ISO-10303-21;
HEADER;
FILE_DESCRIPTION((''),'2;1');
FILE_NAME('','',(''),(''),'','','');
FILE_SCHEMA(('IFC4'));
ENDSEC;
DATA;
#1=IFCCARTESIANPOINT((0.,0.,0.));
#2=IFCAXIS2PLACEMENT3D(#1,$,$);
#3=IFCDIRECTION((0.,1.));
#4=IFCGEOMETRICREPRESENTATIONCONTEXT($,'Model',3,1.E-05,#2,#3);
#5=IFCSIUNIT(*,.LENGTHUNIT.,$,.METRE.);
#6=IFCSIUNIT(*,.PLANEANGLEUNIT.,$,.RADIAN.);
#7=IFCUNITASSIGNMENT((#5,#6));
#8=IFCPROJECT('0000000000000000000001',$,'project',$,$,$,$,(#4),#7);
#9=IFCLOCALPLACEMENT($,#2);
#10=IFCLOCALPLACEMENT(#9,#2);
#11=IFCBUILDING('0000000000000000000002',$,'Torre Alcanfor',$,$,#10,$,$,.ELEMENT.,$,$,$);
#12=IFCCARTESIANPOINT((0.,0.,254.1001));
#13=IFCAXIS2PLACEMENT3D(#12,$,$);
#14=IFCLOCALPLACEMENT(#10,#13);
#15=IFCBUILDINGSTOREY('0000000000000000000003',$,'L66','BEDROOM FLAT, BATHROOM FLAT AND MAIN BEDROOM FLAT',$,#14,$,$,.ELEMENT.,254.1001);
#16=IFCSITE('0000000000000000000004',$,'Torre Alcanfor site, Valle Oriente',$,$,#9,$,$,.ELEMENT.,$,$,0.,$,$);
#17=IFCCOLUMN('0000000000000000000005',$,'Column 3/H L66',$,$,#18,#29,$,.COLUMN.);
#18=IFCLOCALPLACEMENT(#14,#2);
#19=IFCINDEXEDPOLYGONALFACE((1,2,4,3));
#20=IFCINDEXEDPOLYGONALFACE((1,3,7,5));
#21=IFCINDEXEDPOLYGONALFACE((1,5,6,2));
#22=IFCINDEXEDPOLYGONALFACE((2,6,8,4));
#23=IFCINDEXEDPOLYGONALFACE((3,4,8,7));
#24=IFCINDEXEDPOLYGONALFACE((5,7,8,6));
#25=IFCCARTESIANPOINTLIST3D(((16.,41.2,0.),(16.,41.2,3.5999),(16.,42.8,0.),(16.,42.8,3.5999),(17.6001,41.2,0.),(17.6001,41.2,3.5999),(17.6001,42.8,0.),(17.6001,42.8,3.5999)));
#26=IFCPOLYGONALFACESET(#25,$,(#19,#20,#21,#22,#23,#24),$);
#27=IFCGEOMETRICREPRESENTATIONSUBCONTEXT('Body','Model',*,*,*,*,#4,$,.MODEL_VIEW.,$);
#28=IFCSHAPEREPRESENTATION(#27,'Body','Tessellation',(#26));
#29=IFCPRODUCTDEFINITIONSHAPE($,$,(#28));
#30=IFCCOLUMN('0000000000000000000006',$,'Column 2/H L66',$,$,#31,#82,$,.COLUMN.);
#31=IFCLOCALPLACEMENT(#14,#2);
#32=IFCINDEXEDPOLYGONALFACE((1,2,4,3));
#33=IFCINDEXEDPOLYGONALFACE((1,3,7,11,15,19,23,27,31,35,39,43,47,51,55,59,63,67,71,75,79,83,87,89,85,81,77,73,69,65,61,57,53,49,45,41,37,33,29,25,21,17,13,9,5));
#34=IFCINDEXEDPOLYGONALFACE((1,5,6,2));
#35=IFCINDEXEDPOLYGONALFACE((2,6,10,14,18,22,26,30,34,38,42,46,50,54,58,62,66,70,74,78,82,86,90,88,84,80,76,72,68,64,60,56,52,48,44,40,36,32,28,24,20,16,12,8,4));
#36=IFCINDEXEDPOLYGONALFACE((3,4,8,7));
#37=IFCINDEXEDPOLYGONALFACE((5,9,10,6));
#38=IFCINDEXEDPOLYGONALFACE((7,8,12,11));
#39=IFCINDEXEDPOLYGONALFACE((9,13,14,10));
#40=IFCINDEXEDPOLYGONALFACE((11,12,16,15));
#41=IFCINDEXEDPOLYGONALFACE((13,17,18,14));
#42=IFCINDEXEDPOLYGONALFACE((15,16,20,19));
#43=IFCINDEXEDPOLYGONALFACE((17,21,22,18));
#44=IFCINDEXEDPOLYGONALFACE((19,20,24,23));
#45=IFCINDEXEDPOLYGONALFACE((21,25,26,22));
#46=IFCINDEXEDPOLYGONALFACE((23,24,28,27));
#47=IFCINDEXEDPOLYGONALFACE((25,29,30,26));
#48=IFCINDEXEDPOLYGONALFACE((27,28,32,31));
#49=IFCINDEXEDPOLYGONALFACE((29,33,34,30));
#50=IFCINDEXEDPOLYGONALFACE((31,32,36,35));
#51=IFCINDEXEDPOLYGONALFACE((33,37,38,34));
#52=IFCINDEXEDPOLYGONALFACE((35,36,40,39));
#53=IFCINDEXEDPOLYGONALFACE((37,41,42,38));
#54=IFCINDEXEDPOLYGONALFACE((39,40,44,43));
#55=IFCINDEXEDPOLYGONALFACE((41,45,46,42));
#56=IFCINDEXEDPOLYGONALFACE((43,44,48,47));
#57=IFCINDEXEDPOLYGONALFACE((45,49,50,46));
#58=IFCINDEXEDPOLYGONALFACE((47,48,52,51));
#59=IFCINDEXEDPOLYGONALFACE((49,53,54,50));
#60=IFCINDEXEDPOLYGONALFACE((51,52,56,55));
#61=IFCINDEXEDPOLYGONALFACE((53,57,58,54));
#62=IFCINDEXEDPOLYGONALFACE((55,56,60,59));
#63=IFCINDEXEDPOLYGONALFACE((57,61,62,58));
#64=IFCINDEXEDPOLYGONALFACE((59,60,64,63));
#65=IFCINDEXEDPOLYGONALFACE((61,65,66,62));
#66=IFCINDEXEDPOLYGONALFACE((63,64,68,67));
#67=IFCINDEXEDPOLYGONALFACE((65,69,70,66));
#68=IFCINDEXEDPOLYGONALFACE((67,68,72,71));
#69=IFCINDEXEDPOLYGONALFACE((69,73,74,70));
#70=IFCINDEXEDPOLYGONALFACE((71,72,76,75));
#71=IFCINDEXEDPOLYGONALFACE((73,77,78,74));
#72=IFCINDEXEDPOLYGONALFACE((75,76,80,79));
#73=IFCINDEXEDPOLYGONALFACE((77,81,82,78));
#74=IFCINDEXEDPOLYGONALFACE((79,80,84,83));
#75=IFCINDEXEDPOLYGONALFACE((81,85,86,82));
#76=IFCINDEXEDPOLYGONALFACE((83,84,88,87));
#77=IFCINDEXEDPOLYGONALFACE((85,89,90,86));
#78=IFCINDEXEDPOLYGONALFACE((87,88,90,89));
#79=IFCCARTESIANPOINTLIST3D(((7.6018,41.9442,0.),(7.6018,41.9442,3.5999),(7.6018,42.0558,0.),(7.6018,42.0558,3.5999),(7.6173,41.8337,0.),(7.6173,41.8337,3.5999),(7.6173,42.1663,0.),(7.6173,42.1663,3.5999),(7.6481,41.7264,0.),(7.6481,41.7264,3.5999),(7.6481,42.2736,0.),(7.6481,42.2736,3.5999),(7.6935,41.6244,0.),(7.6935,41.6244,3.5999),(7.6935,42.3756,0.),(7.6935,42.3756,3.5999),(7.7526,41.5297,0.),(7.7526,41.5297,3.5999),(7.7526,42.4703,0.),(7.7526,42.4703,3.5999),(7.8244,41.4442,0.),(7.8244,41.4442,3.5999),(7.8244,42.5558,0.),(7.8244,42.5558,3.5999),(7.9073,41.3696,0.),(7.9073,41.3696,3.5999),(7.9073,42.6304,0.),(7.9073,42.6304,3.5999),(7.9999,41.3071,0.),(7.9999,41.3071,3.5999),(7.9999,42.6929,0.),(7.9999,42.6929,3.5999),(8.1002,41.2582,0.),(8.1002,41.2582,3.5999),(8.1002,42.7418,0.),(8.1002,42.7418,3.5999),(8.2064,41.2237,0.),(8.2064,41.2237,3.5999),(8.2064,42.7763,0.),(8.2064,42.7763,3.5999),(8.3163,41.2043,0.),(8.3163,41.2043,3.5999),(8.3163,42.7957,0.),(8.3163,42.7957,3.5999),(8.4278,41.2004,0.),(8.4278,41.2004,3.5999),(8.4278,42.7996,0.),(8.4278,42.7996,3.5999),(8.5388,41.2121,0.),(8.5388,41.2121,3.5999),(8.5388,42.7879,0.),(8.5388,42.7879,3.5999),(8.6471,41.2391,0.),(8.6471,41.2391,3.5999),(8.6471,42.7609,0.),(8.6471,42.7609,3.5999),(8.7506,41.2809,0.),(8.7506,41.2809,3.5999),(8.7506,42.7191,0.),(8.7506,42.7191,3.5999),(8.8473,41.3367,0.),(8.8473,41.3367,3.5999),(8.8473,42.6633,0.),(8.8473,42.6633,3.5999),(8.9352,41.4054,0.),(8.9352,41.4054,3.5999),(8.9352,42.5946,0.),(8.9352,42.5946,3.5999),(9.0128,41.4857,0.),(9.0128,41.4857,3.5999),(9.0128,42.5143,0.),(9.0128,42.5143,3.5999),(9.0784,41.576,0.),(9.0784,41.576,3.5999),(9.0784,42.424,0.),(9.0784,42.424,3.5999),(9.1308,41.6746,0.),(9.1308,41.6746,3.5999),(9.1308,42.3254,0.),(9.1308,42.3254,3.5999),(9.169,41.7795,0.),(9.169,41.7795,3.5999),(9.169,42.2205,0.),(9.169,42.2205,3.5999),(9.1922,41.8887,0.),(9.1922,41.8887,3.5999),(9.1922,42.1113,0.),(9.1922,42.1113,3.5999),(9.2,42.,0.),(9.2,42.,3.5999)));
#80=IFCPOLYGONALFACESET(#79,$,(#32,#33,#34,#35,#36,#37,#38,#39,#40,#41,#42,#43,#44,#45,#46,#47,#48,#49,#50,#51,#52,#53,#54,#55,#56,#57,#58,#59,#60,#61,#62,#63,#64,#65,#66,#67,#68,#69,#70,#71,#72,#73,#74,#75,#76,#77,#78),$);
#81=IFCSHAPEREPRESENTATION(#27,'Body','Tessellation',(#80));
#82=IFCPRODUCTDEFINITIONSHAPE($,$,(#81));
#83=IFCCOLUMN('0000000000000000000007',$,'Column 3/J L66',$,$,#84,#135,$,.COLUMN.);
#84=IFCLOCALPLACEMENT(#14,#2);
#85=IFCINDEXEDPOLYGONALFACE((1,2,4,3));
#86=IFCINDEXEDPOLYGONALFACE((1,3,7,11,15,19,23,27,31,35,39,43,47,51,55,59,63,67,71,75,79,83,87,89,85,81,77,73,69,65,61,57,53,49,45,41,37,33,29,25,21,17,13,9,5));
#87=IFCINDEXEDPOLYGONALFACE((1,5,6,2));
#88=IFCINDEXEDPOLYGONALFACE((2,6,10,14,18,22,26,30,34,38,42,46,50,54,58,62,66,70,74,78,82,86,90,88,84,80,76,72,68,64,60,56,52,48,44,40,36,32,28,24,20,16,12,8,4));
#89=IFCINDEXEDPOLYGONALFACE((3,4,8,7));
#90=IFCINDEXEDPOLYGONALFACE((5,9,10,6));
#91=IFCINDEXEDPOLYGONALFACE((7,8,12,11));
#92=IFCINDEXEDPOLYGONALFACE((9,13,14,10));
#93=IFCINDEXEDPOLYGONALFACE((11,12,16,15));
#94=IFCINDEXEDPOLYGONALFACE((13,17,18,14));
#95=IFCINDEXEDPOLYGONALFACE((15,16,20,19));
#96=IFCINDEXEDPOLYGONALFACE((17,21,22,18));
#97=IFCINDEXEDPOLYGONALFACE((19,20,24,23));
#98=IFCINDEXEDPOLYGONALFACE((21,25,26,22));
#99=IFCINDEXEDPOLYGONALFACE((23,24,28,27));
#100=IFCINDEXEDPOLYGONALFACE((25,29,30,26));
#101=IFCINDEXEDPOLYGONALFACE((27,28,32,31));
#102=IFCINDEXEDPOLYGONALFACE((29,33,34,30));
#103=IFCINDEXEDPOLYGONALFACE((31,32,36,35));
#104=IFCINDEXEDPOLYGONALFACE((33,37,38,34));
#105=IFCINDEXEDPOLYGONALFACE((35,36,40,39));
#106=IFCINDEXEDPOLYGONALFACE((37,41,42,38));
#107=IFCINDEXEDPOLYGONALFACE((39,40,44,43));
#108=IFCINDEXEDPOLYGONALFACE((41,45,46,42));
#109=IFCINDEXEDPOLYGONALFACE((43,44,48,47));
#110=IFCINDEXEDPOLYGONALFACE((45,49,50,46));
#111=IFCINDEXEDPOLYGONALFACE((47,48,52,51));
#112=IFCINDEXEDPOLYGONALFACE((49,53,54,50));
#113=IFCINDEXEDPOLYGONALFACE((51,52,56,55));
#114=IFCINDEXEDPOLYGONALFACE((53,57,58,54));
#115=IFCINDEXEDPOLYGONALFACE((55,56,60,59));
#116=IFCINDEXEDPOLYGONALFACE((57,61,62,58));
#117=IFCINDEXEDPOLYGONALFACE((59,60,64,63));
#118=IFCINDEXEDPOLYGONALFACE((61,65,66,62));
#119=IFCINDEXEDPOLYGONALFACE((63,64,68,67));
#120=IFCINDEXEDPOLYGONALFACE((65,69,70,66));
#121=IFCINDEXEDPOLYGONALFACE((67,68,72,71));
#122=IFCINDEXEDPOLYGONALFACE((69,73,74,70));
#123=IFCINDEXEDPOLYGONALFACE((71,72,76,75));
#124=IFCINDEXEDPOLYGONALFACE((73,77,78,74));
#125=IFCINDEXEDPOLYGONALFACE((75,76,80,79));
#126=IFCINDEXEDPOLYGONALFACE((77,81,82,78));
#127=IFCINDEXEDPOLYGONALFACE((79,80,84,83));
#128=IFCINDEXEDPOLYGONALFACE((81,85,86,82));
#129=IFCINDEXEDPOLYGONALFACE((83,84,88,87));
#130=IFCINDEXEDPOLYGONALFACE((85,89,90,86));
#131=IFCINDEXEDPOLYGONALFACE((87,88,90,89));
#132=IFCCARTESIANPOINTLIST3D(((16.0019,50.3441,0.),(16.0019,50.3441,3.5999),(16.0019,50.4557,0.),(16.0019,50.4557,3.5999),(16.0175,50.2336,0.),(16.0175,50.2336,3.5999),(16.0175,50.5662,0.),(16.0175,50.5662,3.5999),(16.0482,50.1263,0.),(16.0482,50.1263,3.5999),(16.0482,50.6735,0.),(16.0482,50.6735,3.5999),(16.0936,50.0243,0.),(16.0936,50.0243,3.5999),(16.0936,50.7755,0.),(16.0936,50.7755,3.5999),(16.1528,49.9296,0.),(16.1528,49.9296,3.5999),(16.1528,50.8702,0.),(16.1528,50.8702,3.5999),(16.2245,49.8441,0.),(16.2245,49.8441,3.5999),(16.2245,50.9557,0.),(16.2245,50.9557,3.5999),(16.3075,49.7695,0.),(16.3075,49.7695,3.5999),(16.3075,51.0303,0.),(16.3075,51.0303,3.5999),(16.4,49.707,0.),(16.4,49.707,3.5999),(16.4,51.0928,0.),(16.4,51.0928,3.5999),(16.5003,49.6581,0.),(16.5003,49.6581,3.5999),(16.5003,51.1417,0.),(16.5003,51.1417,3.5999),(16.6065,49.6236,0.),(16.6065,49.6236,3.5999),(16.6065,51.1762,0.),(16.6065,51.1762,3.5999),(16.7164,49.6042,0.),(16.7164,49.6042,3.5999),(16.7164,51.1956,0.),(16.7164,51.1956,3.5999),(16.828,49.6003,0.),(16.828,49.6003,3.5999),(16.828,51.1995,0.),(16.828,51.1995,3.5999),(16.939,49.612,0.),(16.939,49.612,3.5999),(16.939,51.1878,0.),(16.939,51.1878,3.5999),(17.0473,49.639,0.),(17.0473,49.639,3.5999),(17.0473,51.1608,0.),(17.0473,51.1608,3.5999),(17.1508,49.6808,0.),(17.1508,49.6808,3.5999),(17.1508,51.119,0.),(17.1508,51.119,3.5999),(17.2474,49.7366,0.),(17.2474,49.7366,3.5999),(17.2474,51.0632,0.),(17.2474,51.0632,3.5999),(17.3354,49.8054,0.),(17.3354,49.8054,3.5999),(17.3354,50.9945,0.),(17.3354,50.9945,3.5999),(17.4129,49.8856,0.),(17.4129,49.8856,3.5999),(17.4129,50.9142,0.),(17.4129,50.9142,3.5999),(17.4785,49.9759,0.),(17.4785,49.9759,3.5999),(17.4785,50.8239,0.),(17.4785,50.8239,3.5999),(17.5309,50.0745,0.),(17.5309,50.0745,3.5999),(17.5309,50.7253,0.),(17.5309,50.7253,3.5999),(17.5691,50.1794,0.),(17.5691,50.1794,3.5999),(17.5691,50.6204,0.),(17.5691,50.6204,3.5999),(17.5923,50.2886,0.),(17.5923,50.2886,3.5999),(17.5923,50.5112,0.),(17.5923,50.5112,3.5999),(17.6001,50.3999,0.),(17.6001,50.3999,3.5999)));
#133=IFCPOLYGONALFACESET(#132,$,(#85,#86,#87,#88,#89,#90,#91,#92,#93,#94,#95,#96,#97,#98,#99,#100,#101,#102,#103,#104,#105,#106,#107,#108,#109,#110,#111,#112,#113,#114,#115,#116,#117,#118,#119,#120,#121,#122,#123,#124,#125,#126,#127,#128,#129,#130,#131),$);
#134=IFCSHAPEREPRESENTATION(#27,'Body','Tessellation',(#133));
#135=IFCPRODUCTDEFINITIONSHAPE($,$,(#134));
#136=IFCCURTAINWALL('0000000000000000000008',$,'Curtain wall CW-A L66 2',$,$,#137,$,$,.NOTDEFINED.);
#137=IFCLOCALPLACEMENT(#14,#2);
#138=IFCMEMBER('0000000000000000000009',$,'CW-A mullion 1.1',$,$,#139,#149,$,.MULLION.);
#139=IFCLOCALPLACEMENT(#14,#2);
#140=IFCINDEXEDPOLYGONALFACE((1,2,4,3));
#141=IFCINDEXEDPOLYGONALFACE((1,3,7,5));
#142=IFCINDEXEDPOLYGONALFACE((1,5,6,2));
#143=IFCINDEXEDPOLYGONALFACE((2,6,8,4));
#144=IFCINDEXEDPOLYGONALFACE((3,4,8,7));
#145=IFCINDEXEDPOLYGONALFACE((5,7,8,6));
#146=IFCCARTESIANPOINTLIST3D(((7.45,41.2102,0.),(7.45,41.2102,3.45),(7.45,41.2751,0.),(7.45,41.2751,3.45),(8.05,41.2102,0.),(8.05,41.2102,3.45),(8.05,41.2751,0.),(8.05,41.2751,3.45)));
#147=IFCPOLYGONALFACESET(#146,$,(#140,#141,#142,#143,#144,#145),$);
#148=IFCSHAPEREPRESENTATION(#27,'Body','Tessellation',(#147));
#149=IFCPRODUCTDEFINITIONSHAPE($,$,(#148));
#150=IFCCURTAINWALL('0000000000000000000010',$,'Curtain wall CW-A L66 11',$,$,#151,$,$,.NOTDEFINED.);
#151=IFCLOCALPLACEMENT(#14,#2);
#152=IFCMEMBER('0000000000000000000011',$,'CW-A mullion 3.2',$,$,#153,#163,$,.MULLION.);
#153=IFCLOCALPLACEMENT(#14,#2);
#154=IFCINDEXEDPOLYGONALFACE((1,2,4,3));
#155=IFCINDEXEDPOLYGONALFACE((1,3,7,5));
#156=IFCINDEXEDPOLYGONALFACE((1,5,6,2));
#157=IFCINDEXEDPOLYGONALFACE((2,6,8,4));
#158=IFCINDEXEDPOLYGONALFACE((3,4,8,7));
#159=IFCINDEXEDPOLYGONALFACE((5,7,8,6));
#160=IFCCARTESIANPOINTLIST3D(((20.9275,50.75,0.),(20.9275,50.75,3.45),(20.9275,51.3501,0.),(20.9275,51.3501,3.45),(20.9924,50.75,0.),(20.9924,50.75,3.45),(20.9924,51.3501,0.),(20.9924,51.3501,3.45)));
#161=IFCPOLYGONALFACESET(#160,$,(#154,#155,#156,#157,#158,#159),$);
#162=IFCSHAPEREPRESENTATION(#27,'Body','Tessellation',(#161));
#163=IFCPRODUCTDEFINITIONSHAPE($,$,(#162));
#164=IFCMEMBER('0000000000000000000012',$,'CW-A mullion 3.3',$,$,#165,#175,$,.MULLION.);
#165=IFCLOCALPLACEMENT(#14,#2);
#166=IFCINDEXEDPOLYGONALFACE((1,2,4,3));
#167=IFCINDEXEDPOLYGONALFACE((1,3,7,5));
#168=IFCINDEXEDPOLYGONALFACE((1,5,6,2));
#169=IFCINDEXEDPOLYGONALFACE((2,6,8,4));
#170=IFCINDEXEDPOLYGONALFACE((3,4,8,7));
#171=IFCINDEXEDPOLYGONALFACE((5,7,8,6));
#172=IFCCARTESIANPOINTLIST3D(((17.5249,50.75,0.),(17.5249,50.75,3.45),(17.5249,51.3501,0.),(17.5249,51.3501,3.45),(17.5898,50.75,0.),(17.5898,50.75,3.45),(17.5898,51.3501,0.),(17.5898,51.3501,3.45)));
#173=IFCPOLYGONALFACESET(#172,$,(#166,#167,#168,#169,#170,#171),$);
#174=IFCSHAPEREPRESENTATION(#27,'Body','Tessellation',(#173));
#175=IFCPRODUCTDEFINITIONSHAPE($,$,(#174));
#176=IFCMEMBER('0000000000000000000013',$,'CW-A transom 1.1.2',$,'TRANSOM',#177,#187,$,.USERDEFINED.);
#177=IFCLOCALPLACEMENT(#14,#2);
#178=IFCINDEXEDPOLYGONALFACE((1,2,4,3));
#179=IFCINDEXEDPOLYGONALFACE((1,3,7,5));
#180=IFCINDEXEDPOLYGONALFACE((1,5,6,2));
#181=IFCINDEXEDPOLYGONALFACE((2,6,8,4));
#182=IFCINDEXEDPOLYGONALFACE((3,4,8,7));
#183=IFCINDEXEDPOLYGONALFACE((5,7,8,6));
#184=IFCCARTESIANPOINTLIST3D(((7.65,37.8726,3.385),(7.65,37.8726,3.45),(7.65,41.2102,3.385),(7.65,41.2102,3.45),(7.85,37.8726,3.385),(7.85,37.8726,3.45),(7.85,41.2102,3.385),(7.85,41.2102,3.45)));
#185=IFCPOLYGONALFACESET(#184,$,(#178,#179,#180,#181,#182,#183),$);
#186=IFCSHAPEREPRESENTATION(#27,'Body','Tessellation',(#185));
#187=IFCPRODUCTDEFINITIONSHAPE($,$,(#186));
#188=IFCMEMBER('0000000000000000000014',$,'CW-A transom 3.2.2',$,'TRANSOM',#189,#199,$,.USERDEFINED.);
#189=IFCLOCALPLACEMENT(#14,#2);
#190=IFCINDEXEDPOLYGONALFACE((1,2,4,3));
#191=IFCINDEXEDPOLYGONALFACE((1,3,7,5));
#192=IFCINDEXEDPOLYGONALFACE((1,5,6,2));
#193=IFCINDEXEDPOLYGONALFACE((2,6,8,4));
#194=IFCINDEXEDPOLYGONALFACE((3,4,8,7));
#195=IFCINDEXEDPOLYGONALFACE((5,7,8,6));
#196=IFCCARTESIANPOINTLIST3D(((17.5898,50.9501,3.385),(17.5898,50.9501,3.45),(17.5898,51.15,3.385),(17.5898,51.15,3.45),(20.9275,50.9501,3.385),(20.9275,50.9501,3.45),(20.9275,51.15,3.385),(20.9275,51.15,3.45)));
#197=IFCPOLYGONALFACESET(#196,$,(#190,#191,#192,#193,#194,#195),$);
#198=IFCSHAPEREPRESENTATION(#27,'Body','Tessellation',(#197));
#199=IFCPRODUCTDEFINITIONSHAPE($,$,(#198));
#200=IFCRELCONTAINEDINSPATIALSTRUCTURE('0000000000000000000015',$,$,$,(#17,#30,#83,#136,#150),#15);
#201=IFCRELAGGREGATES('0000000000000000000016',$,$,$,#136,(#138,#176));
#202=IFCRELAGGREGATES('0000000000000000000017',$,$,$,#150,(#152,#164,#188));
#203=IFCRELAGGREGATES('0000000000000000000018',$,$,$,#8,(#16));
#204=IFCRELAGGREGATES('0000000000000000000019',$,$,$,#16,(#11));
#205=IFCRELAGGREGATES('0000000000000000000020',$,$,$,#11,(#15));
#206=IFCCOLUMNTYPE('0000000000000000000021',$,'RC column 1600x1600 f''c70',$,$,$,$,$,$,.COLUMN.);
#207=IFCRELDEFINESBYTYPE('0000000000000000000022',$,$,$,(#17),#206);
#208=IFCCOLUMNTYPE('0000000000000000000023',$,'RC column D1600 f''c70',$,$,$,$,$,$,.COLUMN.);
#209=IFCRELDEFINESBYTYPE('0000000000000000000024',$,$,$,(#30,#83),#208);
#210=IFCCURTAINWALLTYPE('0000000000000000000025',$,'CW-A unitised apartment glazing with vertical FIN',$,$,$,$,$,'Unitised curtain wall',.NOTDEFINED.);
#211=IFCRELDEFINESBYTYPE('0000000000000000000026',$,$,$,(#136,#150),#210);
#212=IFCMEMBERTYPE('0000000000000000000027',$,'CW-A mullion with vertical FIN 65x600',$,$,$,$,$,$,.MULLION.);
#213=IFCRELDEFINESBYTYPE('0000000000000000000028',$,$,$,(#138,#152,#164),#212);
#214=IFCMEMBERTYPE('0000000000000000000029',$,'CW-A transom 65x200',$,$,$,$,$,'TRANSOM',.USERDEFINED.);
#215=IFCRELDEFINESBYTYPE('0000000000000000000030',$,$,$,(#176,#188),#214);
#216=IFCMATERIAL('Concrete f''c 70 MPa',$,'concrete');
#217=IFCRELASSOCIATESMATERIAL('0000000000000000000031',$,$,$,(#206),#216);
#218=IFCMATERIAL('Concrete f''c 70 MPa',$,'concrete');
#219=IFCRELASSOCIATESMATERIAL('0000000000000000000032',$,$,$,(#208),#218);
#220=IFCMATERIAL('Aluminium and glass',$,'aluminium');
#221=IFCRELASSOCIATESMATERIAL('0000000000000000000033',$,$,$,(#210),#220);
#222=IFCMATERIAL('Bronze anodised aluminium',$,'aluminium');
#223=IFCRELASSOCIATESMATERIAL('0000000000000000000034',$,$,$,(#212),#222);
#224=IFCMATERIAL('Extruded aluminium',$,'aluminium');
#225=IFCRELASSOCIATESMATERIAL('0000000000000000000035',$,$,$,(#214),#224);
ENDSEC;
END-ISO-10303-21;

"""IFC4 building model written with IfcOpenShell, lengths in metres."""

from ifc_helpers import new_model, si_unit, direction, frame, origin, origin_2d, place, context, subcontext, project, spatial, rectangle, circle, extrude, material, material_profile, profile_set, type_object, element, aggregate, save


model = new_model("IFC4")

# Units and contexts
model_context = context("Model", 3, precision=1e-05, world=origin(), true_north=direction((0.0, 1.0)))
body_context = subcontext(model_context, "Body", "Model", "MODEL_VIEW")
ifc_project = project(units=[si_unit("LENGTHUNIT", "METRE"), si_unit("PLANEANGLEUNIT", "RADIAN")], contexts=[model_context])

# Site, building, storey
site_placement = place(None, origin())
site = spatial("IfcSite", under=ifc_project, at=site_placement, Name="Torre Alcanfor site, Valle Oriente", CompositionType="ELEMENT", RefElevation=0.0)
building_placement = place(site_placement, origin())
building = spatial("IfcBuilding", under=site, at=building_placement, Name="Torre Alcanfor", CompositionType="ELEMENT")
storey_placement = place(building_placement, frame((0.0, 0.0, 254.1001)))
storey = spatial("IfcBuildingStorey", under=building, at=storey_placement, Name="L66", Description="BEDROOM FLAT, BATHROOM FLAT AND MAIN BEDROOM FLAT", CompositionType="ELEMENT", Elevation=254.1001)

# Columns
ifc_material_1 = material(Name="Concrete f'c 70 MPa", Category="concrete")
ifc_material_profile_1 = material_profile(ifc_material_1, rectangle(XDim=1.6001, YDim=1.6001, at=origin_2d()), Name="1600x1600")
ifc_profile_set_1 = profile_set([ifc_material_profile_1], Name="Concrete f'c 70 MPa")
column_type_1 = type_object("IfcColumnType", Name="RC column 1600x1600 f'c70", PredefinedType="COLUMN", material=ifc_profile_set_1)
column_placement = place(storey_placement, frame((16.8, 42.0, 0.0), z_axis=(0.0, 0.0, 1.0), x_axis=(1.0, 0.0, 0.0)))
element("IfcColumn", 1, at=column_placement, inside=storey, type_object=column_type_1, Name="Column 3/H L66", PredefinedType="COLUMN", context=body_context, shape_type="SweptSolid", body=[
    extrude(rectangle(XDim=1.6001, YDim=1.6001, at=origin_2d()), origin(), (0.0, 0.0, 1.0), 3.5999),
])
ifc_material_2 = material(Name="Concrete f'c 70 MPa", Category="concrete")
ifc_material_profile_2 = material_profile(ifc_material_2, circle(Radius=0.8, at=origin_2d()), Name="D1600")
ifc_profile_set_2 = profile_set([ifc_material_profile_2], Name="Concrete f'c 70 MPa")
column_type_2 = type_object("IfcColumnType", Name="RC column D1600 f'c70", PredefinedType="COLUMN", material=ifc_profile_set_2)
for number, where, z_axis, x_axis, name in (
    (2, (8.3999, 42.0, 0.0), (0.0, 0.0, 1.0), (1.0, 0.0, 0.0), "Column 2/H L66"),
    (3, (16.8, 50.3999, 0.0), (0.0, 0.0, 1.0), (1.0, 0.0, 0.0), "Column 3/J L66"),
):
    element("IfcColumn", number, at=place(storey_placement, frame(where, z_axis=z_axis, x_axis=x_axis)), inside=storey, type_object=column_type_2, Name=name, PredefinedType="COLUMN", context=body_context, shape_type="SweptSolid", body=[
        extrude(circle(Radius=0.8, at=origin_2d()), origin(), (0.0, 0.0, 1.0), 3.5999),
    ])

# Curtain wall, member
ifc_material_3 = material(Name="Aluminium and glass", Category="aluminium")
curtain_wall_type = type_object("IfcCurtainWallType", Name="CW-A unitised apartment glazing with vertical FIN", ElementType="Unitised curtain wall", PredefinedType="NOTDEFINED", material=ifc_material_3)
curtain_wall_1_placement = place(storey_placement, origin())
curtain_wall_1 = element("IfcCurtainWall", 4, at=curtain_wall_1_placement, inside=storey, type_object=curtain_wall_type, Name="Curtain wall CW-A L66 2", PredefinedType="NOTDEFINED")
ifc_material_4 = material(Name="Bronze anodised aluminium", Category="aluminium")
ifc_material_profile_3 = material_profile(ifc_material_4, rectangle(XDim=0.6001, YDim=0.0649, at=origin_2d()), Name="CW-A mullion 65x600")
ifc_profile_set_3 = profile_set([ifc_material_profile_3], Name="Bronze anodised aluminium")
member_type_1 = type_object("IfcMemberType", Name="CW-A mullion with vertical FIN 65x600", PredefinedType="MULLION", material=ifc_profile_set_3)
member_1_placement = place(storey_placement, frame((7.75, 41.2427, 0.0), z_axis=(0.0, 0.0, 1.0), x_axis=(1.0, 0.0, 0.0)))
member_1 = element("IfcMember", 5, at=member_1_placement, type_object=member_type_1, Name="CW-A mullion 1.1", PredefinedType="MULLION", context=body_context, shape_type="SweptSolid", body=[
    extrude(rectangle(XDim=0.6001, YDim=0.0649, at=origin_2d()), origin(), (0.0, 0.0, 1.0), 3.45),
])

# Curtain wall, members
curtain_wall_2_placement = place(storey_placement, origin())
curtain_wall_2 = element("IfcCurtainWall", 6, at=curtain_wall_2_placement, inside=storey, type_object=curtain_wall_type, Name="Curtain wall CW-A L66 11", PredefinedType="NOTDEFINED")
member_2_placement = place(storey_placement, frame((20.96, 51.05, 0.0), z_axis=(0.0, 0.0, 1.0), x_axis=(0.0, -1.0, 0.0)))
member_2 = element("IfcMember", 7, at=member_2_placement, type_object=member_type_1, Name="CW-A mullion 3.2", PredefinedType="MULLION", context=body_context, shape_type="SweptSolid", body=[
    extrude(rectangle(XDim=0.6001, YDim=0.0649, at=origin_2d()), origin(), (0.0, 0.0, 1.0), 3.45),
])
member_3_placement = place(storey_placement, frame((17.5574, 51.05, 0.0), z_axis=(0.0, 0.0, 1.0), x_axis=(0.0, -1.0, 0.0)))
member_3 = element("IfcMember", 8, at=member_3_placement, type_object=member_type_1, Name="CW-A mullion 3.3", PredefinedType="MULLION", context=body_context, shape_type="SweptSolid", body=[
    extrude(rectangle(XDim=0.6001, YDim=0.0649, at=origin_2d()), origin(), (0.0, 0.0, 1.0), 3.45),
])

# Members
ifc_material_5 = material(Name="Extruded aluminium", Category="aluminium")
ifc_material_profile_4 = material_profile(ifc_material_5, rectangle(XDim=0.2, YDim=0.0649, at=origin_2d()), Name="CW-A transom 200x65")
ifc_profile_set_4 = profile_set([ifc_material_profile_4], Name="Extruded aluminium")
member_type_2 = type_object("IfcMemberType", Name="CW-A transom 65x200", ElementType="TRANSOM", PredefinedType="USERDEFINED", material=ifc_profile_set_4)
member_4_placement = place(storey_placement, frame((7.75, 41.2102, 3.4175), z_axis=(0.0, -1.0, 0.0), x_axis=(1.0, 0.0, 0.0)))
member_4 = element("IfcMember", 9, at=member_4_placement, type_object=member_type_2, Name="CW-A transom 1.1.2", ObjectType="TRANSOM", PredefinedType="USERDEFINED", context=body_context, shape_type="SweptSolid", body=[
    extrude(rectangle(XDim=0.2, YDim=0.0649, at=origin_2d()), origin(), (0.0, 0.0, 1.0), 3.3376),
])
aggregate(curtain_wall_1, [member_1, member_4])
member_5_placement = place(storey_placement, frame((20.9275, 51.05, 3.4175), z_axis=(-1.0, 0.0, 0.0), x_axis=(0.0, -1.0, 0.0)))
member_5 = element("IfcMember", 10, at=member_5_placement, type_object=member_type_2, Name="CW-A transom 3.2.2", ObjectType="TRANSOM", PredefinedType="USERDEFINED", context=body_context, shape_type="SweptSolid", body=[
    extrude(rectangle(XDim=0.2, YDim=0.0649, at=origin_2d()), origin(), (0.0, 0.0, 1.0), 3.3376),
])

aggregate(curtain_wall_2, [member_2, member_3, member_5])

save(model, "model.ifc")
